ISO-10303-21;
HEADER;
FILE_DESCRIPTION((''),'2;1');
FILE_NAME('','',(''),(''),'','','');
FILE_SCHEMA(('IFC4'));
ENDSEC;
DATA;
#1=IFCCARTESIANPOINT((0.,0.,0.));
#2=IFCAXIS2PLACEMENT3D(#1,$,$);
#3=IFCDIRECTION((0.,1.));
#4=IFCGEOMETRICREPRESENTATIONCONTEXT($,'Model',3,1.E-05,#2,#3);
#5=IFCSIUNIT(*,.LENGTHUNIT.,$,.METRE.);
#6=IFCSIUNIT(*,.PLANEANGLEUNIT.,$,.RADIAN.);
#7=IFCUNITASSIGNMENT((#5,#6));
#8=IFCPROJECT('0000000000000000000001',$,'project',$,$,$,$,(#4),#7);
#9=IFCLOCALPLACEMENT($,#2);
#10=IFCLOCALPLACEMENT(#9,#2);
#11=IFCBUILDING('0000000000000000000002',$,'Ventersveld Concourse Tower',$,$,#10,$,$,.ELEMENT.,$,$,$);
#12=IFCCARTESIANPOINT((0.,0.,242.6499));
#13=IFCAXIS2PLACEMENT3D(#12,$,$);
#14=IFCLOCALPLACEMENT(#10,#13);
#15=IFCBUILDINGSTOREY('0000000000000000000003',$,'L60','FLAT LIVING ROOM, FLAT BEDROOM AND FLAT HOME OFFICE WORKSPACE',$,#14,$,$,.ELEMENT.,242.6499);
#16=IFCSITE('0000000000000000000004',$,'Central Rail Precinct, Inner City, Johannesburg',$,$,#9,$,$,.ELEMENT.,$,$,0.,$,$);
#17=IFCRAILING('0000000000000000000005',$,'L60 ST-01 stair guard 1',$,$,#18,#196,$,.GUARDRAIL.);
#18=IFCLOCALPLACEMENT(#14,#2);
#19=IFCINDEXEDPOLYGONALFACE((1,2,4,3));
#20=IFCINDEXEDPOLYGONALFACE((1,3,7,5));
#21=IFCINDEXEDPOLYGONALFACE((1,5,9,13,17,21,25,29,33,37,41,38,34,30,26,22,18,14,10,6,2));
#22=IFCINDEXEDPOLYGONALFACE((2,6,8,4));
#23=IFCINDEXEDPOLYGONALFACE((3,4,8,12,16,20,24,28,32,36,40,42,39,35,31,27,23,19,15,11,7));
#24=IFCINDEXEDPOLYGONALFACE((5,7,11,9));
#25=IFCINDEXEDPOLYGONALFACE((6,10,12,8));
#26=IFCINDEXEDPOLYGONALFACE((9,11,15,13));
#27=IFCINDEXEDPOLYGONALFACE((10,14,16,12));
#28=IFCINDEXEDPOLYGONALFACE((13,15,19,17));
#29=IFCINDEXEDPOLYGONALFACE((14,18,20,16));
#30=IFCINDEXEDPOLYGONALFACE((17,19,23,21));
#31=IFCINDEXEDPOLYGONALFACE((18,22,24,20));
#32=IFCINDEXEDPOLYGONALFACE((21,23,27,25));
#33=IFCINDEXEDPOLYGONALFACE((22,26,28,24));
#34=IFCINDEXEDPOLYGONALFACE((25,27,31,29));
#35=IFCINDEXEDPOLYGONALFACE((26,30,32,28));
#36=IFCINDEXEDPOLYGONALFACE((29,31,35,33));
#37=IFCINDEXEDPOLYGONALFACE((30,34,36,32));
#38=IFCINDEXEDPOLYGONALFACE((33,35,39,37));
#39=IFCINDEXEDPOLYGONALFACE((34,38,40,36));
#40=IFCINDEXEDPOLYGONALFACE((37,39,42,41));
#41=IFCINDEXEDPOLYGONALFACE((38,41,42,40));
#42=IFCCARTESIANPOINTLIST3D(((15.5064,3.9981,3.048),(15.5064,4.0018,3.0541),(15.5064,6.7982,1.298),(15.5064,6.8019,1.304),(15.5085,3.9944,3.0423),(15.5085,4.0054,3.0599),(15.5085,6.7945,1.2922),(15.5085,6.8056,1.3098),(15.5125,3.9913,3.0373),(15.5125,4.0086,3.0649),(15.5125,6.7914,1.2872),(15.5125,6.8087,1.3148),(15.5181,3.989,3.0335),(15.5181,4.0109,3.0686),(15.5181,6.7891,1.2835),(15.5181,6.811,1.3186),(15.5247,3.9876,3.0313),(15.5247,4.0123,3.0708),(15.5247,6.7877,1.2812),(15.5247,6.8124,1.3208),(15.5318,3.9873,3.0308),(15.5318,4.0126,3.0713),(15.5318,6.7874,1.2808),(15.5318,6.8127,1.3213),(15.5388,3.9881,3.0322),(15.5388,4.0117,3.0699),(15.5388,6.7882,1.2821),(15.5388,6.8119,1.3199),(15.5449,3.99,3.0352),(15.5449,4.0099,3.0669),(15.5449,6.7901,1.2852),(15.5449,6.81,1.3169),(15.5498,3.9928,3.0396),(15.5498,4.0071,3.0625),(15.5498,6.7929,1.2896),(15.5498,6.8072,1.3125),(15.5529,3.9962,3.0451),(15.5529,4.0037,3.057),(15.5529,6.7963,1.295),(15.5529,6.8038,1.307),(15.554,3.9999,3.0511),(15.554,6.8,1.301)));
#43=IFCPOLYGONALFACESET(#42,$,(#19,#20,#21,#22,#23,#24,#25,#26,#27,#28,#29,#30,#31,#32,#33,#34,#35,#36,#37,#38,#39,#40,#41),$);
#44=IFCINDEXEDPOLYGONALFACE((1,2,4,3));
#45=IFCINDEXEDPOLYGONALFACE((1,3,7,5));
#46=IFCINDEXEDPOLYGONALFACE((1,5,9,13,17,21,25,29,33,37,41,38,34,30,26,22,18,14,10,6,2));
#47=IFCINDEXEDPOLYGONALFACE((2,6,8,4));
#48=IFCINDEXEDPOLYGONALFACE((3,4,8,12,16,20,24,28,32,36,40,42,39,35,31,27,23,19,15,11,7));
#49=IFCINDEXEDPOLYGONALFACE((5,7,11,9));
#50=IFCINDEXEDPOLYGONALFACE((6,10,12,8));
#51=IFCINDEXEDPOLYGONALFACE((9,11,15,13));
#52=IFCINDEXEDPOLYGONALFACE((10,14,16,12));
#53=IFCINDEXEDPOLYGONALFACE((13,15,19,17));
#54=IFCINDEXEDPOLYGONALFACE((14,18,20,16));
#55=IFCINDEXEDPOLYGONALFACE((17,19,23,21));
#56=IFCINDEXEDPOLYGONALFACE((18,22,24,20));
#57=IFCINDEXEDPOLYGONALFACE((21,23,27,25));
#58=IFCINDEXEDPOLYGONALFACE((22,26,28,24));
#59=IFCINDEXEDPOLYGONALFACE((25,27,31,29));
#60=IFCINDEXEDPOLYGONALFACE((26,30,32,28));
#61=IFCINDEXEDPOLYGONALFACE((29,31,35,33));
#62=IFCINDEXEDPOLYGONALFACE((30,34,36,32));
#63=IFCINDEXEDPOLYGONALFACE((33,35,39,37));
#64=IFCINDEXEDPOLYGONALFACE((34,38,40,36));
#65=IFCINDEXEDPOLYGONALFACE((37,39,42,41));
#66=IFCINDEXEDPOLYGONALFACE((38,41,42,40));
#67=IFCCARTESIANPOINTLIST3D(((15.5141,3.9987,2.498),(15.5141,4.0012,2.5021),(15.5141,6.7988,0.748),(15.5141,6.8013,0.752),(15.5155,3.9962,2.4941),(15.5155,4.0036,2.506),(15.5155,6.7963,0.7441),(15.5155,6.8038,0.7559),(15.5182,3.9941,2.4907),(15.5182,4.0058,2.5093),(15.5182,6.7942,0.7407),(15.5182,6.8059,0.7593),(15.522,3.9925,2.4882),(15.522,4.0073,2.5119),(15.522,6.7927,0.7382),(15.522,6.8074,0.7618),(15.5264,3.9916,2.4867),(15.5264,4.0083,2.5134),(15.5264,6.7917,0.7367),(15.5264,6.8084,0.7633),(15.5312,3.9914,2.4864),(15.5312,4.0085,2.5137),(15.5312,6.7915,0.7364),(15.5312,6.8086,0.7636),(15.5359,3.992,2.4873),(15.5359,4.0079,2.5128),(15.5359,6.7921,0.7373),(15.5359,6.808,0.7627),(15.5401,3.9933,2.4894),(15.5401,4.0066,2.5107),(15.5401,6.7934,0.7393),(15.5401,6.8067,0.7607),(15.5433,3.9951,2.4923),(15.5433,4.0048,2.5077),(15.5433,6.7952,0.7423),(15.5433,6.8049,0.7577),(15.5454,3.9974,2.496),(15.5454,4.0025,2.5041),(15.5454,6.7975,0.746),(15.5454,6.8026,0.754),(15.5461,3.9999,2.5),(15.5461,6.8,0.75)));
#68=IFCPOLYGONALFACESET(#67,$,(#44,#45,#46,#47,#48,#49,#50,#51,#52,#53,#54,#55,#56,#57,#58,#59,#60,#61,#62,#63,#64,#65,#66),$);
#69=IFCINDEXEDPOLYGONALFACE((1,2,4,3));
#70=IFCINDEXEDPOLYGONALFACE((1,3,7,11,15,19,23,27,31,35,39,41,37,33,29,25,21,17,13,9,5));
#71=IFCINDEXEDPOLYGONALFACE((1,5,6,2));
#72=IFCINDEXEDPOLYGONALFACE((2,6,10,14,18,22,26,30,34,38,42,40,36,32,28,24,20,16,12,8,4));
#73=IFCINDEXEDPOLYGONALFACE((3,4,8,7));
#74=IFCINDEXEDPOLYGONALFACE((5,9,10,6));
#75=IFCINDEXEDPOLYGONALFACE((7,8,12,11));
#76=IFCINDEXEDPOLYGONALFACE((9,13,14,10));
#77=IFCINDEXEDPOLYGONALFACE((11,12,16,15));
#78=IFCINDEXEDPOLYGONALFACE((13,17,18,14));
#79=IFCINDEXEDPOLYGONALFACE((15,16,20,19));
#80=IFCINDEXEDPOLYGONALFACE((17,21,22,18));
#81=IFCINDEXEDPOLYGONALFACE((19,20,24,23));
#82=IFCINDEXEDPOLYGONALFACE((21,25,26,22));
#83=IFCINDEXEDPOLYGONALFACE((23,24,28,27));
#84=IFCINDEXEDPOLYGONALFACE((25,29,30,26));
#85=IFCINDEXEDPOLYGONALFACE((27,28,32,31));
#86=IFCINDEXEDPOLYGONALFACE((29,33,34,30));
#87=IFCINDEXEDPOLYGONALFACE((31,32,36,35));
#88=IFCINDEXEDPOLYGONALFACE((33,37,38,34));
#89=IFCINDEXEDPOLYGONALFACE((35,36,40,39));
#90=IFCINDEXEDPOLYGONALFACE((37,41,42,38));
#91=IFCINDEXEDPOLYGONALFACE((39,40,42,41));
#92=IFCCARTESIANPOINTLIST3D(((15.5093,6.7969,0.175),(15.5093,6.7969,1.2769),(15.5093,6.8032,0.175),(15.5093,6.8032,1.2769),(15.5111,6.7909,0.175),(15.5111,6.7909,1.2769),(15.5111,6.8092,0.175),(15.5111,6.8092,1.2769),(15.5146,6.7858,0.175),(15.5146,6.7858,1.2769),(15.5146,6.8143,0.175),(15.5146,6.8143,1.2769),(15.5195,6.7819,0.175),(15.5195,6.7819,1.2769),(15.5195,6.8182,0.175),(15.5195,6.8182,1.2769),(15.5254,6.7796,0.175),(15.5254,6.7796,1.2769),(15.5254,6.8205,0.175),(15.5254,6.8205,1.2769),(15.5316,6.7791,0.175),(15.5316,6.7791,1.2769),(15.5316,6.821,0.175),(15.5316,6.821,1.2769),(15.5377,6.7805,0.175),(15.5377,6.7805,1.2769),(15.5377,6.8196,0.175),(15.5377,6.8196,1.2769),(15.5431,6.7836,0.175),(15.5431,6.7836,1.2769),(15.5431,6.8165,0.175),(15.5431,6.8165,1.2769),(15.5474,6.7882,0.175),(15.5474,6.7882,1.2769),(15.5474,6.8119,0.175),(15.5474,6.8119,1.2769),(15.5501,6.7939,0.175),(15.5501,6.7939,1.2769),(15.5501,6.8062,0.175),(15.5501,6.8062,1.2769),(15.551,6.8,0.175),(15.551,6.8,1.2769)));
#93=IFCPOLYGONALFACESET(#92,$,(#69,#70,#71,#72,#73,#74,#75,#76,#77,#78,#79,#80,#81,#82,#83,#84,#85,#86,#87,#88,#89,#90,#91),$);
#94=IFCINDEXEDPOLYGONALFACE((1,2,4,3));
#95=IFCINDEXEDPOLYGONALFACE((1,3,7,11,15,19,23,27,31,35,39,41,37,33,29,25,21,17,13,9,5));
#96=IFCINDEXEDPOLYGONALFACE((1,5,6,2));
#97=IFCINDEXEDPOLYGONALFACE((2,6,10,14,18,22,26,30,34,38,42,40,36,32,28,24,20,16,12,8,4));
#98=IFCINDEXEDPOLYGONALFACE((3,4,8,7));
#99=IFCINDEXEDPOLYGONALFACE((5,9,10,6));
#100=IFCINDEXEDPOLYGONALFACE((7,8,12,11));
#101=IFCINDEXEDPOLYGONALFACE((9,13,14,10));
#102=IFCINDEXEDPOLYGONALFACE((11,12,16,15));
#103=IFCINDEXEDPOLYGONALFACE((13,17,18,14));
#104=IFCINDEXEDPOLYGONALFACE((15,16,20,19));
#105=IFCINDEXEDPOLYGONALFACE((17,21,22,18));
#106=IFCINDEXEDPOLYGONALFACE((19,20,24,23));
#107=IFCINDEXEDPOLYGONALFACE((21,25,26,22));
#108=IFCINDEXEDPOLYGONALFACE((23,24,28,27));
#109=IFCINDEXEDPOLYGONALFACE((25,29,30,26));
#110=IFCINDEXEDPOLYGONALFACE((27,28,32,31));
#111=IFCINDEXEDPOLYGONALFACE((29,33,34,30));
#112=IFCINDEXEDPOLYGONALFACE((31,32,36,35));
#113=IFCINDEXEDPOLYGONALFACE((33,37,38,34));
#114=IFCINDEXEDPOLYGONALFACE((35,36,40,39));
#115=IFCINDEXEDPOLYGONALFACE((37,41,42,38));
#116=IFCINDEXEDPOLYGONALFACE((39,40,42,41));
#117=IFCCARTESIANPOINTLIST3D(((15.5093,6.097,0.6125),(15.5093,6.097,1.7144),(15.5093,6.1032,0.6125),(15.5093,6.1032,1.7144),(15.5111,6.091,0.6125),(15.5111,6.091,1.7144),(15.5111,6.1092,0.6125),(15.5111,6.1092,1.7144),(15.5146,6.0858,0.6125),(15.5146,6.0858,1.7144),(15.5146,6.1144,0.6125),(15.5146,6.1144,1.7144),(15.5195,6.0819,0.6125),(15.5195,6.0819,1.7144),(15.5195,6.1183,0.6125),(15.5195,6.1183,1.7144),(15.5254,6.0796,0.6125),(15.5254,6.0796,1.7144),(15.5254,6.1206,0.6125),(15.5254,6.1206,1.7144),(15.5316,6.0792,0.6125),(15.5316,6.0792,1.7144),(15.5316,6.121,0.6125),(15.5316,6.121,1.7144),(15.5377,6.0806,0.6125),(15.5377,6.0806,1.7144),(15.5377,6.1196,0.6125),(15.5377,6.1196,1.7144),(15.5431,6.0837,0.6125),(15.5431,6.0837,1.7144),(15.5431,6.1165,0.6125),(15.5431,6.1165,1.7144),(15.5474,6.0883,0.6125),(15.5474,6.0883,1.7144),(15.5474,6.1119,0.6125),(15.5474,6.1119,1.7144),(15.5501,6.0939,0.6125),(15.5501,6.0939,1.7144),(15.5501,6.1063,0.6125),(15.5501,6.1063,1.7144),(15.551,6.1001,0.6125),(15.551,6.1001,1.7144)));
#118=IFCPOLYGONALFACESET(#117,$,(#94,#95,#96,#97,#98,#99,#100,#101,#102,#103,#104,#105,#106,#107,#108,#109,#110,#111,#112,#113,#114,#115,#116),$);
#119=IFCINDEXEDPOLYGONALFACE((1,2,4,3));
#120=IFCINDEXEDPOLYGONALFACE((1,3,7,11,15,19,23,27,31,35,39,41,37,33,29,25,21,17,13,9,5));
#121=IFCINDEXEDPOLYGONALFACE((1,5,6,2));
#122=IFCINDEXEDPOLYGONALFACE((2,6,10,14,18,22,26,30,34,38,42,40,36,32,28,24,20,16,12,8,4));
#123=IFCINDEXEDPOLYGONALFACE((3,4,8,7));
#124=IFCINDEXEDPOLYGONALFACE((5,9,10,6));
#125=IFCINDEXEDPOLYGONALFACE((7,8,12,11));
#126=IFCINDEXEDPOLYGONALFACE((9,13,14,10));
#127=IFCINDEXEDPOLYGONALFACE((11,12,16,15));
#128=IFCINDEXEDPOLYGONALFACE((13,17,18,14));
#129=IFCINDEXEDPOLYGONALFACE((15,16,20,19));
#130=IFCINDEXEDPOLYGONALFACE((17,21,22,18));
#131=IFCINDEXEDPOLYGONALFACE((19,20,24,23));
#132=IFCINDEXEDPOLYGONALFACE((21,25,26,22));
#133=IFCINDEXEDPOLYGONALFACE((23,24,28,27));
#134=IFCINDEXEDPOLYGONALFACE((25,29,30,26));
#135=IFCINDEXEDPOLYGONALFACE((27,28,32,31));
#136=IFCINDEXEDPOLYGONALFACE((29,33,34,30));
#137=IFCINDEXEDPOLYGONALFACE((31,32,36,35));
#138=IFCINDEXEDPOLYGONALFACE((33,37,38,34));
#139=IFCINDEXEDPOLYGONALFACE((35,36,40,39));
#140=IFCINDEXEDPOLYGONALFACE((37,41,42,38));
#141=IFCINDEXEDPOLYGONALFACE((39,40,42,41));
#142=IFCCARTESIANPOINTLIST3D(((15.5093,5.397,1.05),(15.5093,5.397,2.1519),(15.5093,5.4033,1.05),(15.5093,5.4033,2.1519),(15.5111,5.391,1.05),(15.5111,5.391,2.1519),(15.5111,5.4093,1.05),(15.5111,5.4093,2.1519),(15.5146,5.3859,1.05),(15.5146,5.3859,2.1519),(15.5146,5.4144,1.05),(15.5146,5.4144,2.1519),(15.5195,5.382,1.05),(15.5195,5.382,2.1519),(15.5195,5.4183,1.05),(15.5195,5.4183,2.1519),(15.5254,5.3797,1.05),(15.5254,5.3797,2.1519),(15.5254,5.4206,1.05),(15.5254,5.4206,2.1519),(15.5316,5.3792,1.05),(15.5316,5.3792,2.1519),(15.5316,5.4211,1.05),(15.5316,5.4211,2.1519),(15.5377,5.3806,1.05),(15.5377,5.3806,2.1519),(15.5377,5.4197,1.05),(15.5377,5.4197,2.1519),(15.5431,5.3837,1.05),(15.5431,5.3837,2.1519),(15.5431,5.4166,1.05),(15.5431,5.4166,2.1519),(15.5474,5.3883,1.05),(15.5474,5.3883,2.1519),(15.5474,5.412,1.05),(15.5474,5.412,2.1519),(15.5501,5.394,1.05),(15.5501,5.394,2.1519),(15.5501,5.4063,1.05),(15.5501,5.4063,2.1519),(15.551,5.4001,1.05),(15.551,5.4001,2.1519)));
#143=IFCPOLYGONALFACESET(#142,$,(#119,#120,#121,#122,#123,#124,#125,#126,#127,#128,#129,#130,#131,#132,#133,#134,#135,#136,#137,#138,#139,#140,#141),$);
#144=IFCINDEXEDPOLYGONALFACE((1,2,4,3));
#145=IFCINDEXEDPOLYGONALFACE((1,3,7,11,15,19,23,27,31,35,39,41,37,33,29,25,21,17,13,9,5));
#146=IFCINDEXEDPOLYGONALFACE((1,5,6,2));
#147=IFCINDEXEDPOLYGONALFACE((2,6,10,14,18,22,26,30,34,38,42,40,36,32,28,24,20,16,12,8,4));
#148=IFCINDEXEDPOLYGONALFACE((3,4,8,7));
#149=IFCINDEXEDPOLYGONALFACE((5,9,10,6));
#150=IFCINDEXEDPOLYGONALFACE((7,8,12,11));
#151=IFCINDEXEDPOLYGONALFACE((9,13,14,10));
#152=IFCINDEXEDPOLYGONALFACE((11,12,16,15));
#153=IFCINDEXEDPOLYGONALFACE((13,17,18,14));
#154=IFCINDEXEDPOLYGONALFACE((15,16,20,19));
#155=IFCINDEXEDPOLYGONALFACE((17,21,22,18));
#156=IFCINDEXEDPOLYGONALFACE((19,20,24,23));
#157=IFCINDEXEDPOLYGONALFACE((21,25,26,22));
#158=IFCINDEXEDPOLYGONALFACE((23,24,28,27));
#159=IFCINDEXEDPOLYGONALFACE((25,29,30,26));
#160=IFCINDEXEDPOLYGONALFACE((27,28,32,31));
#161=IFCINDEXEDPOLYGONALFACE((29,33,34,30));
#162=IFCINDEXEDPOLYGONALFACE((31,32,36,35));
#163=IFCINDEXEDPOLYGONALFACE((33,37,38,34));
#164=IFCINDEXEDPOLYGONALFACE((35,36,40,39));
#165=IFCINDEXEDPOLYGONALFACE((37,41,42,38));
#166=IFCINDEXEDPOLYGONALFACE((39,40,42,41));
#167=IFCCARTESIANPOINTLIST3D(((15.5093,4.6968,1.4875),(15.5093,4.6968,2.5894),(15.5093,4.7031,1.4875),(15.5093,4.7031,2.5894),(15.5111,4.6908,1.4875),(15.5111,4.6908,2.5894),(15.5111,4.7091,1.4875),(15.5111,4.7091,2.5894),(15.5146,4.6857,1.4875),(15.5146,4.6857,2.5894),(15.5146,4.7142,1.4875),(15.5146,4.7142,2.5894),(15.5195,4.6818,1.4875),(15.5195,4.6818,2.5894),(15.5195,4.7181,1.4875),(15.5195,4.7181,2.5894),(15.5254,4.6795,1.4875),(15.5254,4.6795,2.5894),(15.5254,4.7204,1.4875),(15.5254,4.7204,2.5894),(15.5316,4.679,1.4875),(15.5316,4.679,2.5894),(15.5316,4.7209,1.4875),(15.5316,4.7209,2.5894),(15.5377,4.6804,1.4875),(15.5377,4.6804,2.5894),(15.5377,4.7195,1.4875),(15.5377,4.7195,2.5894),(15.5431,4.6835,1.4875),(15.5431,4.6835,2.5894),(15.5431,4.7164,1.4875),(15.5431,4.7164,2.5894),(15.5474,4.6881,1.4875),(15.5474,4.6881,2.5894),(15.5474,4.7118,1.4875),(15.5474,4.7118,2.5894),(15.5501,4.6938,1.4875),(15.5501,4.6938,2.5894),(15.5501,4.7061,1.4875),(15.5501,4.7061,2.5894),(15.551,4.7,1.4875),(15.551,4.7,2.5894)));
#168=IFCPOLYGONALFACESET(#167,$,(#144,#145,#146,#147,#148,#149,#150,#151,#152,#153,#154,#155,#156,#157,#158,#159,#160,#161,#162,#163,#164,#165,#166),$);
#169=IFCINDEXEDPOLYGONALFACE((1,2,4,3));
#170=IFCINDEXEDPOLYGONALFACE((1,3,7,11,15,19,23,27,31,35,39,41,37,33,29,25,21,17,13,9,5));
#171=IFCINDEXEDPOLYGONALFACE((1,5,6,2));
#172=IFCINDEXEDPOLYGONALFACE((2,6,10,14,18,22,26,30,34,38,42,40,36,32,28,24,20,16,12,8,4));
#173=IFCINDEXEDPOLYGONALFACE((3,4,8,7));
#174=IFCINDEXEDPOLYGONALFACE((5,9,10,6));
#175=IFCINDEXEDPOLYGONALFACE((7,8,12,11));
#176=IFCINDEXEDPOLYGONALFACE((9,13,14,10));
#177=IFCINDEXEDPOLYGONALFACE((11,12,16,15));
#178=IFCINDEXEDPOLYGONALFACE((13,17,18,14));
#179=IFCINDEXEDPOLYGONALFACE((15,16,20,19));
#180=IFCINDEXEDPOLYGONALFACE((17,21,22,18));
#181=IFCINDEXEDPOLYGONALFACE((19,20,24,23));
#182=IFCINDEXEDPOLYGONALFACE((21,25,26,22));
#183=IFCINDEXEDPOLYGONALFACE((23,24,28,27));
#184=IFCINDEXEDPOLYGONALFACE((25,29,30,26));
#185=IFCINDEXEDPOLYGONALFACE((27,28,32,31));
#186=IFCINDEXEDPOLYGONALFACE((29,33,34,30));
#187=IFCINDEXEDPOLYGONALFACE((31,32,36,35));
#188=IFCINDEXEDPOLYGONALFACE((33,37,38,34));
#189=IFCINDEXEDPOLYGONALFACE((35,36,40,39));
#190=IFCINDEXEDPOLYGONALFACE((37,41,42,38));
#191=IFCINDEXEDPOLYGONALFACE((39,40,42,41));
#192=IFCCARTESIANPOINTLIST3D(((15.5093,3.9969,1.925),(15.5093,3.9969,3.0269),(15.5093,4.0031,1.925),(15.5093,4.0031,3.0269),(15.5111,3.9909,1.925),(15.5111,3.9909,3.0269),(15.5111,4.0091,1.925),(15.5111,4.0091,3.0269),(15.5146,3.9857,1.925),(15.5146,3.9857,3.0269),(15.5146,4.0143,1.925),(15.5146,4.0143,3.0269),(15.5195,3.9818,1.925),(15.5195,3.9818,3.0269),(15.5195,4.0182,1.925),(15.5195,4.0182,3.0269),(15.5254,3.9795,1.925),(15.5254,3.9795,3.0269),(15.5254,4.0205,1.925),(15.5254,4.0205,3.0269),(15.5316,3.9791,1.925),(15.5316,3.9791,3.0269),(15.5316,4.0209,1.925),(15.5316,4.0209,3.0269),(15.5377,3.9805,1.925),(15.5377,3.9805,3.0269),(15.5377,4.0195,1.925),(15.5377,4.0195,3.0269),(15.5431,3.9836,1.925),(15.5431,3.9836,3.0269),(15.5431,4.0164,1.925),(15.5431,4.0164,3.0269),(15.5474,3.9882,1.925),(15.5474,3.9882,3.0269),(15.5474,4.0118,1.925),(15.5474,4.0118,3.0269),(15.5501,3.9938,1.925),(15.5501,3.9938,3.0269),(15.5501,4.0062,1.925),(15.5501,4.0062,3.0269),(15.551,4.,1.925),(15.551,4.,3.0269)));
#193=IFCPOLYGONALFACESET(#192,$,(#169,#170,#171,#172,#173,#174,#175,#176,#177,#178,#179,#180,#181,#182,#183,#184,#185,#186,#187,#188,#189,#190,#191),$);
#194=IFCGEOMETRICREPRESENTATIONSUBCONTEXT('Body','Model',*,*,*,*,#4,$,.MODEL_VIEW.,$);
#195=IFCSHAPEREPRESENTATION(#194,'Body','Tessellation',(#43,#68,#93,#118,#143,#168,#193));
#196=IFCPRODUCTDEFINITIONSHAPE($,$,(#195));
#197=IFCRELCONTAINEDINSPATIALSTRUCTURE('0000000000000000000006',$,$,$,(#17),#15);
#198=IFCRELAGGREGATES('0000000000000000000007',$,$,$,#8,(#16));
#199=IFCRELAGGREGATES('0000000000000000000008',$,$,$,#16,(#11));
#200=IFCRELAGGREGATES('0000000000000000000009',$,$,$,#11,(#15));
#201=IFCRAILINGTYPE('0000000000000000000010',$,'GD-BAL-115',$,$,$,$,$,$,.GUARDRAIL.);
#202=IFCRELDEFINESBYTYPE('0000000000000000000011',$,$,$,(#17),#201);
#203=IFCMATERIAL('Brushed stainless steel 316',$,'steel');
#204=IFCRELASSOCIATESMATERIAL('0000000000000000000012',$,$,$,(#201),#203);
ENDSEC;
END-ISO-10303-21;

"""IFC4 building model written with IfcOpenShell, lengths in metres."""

from ifc_helpers import new_model, si_unit, direction, frame, origin, origin_2d, place, context, subcontext, project, spatial, circle, extrude, material, type_object, element, save


model = new_model("IFC4")

# Units and contexts
model_context = context("Model", 3, precision=1e-05, world=origin(), true_north=direction((0.0, 1.0)))
body_context = subcontext(model_context, "Body", "Model", "MODEL_VIEW")
ifc_project = project(units=[si_unit("LENGTHUNIT", "METRE"), si_unit("PLANEANGLEUNIT", "RADIAN")], contexts=[model_context])

# Site, building, storey
site_placement = place(None, origin())
site = spatial("IfcSite", under=ifc_project, at=site_placement, Name="Central Rail Precinct, Inner City, Johannesburg", CompositionType="ELEMENT", RefElevation=0.0)
building_placement = place(site_placement, origin())
building = spatial("IfcBuilding", under=site, at=building_placement, Name="Ventersveld Concourse Tower", CompositionType="ELEMENT")
storey_placement = place(building_placement, frame((0.0, 0.0, 242.6499)))
storey = spatial("IfcBuildingStorey", under=building, at=storey_placement, Name="L60", Description="FLAT LIVING ROOM, FLAT BEDROOM AND FLAT HOME OFFICE WORKSPACE", CompositionType="ELEMENT", Elevation=242.6499)

# Railing
ifc_material_1 = material(Name="Brushed stainless steel 316", Category="steel")
railing_type_1 = type_object("IfcRailingType", Name="GD-BAL-115", PredefinedType="GUARDRAIL", material=ifc_material_1)
railing_1_placement = place(storey_placement, frame((15.53, 6.8, 0.175)))
element("IfcRailing", 1, at=railing_1_placement, inside=storey, type_object=railing_type_1, Name="L60 ST-01 stair guard 1", PredefinedType="GUARDRAIL", context=body_context, shape_type="SweptSolid", body=[
    extrude(circle(Radius=0.0239, at=origin_2d()), frame((0.0, 0.0, 1.126), z_axis=(0.0, -0.848002, 0.529992), x_axis=(1.0, 0.0, 0.0)), (0.0, 0.0, 1.0), 3.302),
    extrude(circle(Radius=0.0161, at=origin_2d()), frame((0.0, 0.0, 0.575), z_axis=(0.0, -0.848002, 0.529992), x_axis=(1.0, 0.0, 0.0)), (0.0, 0.0, 1.0), 3.302),
    extrude(circle(Radius=0.021, at=origin_2d()), origin(), (0.0, 0.0, 1.0), 1.1018),
    extrude(circle(Radius=0.021, at=origin_2d()), frame((0.0, -0.7, 0.4375)), (0.0, 0.0, 1.0), 1.1018),
    extrude(circle(Radius=0.021, at=origin_2d()), frame((0.0, -1.3999, 0.875)), (0.0, 0.0, 1.0), 1.1018),
    extrude(circle(Radius=0.021, at=origin_2d()), frame((0.0, -2.1001, 1.3125)), (0.0, 0.0, 1.0), 1.1018),
    extrude(circle(Radius=0.021, at=origin_2d()), frame((0.0, -2.8, 1.75)), (0.0, 0.0, 1.0), 1.1018),
])

save(model, "model.ifc")
